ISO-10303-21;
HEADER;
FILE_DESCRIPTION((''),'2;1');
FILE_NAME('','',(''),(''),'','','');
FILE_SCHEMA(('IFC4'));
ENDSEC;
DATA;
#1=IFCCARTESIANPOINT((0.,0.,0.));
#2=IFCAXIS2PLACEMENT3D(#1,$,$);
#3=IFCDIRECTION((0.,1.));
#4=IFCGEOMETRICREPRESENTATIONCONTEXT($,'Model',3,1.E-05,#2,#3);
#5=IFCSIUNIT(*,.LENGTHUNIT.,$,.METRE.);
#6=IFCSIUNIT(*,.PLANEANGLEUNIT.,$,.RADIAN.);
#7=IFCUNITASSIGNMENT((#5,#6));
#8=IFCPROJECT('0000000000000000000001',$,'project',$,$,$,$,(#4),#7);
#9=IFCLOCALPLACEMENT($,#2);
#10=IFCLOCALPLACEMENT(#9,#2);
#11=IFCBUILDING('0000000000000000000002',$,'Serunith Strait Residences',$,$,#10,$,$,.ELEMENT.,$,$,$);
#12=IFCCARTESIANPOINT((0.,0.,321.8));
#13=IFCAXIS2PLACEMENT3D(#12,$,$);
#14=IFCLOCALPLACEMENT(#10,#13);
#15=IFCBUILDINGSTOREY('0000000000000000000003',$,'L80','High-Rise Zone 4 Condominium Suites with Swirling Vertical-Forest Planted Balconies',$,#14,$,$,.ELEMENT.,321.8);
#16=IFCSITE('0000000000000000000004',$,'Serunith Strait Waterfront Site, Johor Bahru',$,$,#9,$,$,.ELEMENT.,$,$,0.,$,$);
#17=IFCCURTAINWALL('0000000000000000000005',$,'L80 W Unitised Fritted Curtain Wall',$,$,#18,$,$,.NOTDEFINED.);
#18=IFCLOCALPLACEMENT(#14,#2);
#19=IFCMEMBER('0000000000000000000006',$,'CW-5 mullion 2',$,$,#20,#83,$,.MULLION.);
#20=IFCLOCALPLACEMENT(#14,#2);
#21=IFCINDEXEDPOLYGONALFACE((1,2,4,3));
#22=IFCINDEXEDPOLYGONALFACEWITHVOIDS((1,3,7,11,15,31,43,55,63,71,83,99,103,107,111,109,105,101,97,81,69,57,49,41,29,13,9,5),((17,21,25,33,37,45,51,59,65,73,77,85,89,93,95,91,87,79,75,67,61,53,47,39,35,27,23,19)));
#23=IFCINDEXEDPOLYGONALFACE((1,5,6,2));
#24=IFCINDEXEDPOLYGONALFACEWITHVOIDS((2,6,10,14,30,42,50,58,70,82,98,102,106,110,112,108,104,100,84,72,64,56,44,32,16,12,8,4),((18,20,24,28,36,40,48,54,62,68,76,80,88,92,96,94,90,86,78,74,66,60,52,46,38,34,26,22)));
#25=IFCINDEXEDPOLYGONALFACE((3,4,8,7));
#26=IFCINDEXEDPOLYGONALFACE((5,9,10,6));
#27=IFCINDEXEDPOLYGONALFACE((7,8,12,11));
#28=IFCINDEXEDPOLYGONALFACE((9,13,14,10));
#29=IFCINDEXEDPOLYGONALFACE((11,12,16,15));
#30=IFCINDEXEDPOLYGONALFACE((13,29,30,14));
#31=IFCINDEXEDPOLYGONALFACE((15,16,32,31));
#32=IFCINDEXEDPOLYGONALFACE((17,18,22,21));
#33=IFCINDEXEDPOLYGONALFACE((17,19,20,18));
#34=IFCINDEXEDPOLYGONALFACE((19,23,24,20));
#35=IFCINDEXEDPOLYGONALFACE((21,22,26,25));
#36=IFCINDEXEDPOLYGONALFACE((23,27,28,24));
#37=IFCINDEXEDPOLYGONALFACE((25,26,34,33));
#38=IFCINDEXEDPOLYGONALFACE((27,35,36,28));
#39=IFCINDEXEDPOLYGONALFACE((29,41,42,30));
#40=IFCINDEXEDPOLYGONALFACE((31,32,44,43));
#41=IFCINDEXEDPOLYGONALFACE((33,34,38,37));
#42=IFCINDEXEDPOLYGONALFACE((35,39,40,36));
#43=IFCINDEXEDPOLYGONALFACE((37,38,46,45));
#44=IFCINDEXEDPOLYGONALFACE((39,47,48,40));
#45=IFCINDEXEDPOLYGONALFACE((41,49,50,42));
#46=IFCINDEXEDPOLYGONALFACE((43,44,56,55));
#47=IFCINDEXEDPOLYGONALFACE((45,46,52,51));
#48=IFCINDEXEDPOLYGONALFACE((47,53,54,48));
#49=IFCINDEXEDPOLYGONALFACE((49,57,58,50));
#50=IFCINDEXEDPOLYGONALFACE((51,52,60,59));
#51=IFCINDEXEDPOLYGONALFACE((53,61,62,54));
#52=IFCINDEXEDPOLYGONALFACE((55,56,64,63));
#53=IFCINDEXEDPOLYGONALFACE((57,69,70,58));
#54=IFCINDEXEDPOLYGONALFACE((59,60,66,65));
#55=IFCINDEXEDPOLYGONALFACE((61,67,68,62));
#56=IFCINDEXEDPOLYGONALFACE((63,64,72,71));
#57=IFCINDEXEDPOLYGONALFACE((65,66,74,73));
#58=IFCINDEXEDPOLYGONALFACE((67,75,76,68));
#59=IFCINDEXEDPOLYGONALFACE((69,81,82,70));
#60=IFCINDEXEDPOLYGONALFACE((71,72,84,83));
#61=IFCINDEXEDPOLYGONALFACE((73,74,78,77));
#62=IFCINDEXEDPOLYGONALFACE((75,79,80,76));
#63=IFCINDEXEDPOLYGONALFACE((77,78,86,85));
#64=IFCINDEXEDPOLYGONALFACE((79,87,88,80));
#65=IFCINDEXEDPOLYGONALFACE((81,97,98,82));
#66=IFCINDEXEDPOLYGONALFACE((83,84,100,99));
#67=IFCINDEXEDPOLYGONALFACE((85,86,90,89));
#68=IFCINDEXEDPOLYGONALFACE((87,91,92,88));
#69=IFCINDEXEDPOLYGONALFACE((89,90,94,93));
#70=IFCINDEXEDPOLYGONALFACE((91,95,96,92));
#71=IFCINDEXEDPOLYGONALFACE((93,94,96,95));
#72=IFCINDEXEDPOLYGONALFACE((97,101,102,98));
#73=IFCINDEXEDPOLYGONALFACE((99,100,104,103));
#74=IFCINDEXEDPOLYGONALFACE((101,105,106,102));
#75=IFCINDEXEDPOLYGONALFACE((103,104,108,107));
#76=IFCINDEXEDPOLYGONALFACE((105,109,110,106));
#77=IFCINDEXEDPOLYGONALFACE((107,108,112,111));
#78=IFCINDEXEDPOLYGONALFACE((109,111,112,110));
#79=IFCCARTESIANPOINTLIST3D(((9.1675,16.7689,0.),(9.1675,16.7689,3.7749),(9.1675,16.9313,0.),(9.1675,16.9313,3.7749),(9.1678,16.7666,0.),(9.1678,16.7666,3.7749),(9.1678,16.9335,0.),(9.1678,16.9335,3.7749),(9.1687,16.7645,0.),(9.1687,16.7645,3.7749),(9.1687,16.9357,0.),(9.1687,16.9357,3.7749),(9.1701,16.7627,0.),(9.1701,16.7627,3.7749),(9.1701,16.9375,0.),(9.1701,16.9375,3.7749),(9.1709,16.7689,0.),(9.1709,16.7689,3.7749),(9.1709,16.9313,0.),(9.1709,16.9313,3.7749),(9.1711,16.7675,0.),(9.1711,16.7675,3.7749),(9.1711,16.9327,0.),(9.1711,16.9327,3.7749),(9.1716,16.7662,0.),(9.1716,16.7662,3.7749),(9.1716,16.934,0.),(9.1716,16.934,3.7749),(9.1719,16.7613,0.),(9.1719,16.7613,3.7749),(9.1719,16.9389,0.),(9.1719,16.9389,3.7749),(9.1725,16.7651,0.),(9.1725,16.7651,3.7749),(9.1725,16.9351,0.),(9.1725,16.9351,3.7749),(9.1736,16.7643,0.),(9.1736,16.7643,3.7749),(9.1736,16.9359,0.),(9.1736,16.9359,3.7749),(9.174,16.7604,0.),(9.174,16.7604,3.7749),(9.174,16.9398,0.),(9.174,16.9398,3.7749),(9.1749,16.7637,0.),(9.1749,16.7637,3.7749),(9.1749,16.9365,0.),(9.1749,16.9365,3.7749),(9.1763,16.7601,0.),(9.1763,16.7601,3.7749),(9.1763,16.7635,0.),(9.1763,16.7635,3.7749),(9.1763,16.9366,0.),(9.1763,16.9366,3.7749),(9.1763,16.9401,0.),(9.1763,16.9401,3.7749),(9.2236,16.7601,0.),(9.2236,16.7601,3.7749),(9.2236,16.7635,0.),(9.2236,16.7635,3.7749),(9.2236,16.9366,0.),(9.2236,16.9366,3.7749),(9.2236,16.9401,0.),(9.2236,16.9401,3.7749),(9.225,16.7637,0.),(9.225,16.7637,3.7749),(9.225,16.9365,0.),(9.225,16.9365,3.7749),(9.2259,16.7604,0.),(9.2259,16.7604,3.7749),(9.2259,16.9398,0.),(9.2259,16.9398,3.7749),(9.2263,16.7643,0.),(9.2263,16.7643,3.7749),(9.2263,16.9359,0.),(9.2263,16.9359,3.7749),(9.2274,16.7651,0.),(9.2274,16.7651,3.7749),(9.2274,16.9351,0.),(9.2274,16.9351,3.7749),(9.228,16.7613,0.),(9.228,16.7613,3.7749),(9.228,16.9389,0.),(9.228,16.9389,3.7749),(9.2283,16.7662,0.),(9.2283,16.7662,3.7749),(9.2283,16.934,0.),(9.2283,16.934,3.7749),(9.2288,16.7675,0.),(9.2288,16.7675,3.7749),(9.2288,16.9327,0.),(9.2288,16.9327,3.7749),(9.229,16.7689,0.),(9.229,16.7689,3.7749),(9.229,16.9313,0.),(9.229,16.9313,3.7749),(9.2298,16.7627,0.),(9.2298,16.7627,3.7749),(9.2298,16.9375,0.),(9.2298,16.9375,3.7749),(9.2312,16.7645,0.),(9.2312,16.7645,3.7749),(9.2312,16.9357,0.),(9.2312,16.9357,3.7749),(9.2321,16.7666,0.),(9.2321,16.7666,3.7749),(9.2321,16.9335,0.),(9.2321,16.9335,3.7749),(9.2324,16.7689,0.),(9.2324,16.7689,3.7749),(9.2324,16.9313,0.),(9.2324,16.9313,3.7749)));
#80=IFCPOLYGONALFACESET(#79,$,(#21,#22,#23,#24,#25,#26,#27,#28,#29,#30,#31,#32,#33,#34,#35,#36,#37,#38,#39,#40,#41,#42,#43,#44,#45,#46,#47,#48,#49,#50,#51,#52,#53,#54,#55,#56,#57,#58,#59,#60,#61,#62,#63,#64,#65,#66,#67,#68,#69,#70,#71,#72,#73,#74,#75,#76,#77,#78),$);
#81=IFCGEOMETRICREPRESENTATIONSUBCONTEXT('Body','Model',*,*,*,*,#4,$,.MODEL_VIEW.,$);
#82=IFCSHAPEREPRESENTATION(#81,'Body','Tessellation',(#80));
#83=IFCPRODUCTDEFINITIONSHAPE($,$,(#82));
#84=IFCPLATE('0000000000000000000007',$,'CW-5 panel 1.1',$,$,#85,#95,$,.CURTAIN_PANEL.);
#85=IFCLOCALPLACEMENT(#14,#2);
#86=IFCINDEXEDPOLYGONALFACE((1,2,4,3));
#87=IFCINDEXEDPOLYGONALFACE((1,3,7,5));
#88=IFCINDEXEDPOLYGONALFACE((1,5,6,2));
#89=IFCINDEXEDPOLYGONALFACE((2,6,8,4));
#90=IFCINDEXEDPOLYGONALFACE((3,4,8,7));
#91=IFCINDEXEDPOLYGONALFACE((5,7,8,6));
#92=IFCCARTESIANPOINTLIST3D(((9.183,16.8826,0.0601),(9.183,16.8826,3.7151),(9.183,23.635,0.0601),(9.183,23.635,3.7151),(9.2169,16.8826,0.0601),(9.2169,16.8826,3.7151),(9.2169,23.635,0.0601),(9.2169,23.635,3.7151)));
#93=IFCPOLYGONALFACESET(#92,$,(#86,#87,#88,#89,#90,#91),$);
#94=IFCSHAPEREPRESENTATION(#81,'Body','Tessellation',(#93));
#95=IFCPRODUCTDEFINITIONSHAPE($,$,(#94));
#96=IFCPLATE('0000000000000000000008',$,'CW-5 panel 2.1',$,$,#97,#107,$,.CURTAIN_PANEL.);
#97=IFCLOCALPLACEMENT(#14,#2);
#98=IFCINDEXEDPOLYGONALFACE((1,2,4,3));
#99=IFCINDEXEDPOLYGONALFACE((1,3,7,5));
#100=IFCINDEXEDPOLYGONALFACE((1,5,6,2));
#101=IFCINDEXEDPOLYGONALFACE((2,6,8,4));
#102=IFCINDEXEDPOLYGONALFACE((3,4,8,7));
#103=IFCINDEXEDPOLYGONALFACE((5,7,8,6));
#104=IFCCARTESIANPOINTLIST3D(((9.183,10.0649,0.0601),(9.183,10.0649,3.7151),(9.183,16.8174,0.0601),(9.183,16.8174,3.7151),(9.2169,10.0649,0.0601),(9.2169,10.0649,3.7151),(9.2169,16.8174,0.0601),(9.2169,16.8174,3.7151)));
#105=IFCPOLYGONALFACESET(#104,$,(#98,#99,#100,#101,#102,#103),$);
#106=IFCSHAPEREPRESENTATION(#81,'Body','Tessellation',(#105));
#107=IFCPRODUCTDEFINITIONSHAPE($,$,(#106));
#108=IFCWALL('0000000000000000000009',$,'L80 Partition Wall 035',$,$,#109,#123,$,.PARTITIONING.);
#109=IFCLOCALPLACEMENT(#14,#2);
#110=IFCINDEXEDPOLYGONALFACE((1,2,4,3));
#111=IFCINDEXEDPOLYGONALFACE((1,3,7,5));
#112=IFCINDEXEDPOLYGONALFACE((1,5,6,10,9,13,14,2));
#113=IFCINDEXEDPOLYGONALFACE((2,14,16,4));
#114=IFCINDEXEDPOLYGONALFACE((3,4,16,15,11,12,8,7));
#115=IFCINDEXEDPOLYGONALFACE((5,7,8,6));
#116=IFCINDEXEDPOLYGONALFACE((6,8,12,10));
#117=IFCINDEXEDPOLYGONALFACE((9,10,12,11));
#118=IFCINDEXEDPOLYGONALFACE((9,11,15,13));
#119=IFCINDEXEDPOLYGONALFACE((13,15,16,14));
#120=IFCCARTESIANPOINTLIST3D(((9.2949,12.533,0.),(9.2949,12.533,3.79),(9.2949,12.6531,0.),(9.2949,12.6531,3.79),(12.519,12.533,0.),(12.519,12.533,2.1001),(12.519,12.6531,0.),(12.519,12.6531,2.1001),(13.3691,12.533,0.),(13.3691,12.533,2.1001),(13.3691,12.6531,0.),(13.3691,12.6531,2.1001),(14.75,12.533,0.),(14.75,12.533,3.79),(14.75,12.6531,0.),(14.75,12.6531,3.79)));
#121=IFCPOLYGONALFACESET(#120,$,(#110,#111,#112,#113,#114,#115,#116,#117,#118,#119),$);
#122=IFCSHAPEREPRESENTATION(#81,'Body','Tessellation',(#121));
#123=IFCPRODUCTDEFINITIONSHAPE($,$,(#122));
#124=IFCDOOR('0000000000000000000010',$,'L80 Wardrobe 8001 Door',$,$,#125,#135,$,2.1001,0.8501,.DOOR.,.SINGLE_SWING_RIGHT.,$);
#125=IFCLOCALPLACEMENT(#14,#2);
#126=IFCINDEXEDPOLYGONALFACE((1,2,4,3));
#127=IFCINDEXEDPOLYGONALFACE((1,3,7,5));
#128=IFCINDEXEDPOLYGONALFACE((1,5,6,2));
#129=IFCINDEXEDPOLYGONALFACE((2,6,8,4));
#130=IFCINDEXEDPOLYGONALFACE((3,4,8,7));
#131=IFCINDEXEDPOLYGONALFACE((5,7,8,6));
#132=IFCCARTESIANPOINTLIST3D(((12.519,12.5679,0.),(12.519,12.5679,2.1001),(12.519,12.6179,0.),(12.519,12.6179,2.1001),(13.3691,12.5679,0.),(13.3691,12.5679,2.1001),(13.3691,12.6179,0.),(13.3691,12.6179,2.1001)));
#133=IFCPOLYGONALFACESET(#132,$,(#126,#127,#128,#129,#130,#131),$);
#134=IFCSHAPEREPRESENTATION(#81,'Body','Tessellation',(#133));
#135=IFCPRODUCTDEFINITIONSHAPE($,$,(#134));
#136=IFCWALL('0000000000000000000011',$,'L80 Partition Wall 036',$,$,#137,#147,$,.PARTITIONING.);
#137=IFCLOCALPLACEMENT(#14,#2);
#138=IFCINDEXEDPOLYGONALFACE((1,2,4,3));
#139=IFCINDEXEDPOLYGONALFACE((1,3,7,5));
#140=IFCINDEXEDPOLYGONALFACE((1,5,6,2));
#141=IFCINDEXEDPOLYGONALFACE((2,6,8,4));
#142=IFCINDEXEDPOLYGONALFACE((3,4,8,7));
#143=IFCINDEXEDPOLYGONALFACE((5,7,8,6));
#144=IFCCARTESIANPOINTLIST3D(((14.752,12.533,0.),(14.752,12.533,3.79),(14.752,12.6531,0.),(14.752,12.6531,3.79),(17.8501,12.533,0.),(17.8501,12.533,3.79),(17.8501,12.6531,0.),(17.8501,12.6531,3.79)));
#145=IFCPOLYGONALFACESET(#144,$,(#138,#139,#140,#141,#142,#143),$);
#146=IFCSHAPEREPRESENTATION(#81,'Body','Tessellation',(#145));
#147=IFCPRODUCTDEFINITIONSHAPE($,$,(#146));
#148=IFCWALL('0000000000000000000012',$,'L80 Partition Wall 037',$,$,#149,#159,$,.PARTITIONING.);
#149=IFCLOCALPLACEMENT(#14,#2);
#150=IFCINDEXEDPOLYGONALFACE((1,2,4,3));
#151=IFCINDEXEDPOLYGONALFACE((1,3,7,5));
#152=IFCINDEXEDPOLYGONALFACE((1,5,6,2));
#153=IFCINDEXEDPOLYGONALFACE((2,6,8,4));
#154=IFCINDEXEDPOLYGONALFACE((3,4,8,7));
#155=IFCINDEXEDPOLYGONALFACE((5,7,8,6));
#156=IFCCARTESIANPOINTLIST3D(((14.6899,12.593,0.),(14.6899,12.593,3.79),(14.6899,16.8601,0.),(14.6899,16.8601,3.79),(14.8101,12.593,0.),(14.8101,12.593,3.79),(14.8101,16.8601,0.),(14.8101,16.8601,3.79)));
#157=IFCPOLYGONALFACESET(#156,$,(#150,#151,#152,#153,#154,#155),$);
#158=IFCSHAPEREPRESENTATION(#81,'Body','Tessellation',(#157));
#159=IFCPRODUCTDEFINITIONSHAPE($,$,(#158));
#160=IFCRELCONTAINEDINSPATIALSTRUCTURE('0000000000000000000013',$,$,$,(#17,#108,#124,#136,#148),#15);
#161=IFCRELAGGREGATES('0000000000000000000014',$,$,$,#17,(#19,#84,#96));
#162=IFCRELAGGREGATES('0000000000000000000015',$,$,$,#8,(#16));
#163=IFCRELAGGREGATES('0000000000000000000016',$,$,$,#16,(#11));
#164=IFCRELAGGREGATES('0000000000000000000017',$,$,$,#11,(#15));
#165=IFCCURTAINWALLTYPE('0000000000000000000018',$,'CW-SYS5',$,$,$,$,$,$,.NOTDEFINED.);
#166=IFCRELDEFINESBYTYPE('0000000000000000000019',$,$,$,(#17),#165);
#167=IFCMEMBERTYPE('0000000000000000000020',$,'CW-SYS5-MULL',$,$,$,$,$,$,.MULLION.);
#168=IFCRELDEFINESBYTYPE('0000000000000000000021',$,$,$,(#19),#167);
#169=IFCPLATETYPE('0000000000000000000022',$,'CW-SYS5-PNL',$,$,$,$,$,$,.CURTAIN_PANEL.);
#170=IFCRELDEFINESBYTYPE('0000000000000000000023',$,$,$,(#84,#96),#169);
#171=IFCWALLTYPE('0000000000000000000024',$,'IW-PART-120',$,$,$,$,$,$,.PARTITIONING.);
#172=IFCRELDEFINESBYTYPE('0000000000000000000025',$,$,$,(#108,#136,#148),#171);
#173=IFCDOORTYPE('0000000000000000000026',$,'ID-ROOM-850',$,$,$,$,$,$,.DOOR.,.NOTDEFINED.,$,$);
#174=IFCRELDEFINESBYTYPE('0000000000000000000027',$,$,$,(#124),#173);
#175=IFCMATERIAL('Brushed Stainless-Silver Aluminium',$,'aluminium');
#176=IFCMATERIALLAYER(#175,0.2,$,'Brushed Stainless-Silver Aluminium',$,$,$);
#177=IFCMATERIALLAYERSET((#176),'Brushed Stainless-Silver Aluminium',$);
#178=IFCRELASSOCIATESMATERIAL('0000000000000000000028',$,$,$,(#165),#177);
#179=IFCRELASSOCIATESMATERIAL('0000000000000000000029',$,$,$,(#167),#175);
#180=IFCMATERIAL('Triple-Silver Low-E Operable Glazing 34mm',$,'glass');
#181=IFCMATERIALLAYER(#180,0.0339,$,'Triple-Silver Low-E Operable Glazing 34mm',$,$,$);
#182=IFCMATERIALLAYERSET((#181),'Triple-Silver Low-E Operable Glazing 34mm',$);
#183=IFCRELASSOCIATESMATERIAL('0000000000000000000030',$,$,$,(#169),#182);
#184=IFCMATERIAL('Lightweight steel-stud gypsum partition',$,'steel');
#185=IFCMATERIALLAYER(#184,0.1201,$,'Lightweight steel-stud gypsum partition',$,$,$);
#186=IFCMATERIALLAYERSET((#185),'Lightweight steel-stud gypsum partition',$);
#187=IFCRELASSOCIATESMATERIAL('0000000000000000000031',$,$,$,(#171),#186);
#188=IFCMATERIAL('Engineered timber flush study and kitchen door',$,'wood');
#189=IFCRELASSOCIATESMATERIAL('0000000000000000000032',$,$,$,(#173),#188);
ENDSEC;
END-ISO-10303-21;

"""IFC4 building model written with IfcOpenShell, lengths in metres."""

from ifc_helpers import new_model, si_unit, direction, frame, frame_2d, origin, origin_2d, place, context, subcontext, project, spatial, rectangle, hollow_rectangle, extrude, source, transform, mapped, material, layer, layer_set, material_profile, profile_set, type_object, element, fill, aggregate, save


model = new_model("IFC4")

# Units and contexts
model_context = context("Model", 3, precision=1e-05, world=origin(), true_north=direction((0.0, 1.0)))
body_context = subcontext(model_context, "Body", "Model", "MODEL_VIEW")
ifc_project = project(units=[si_unit("LENGTHUNIT", "METRE"), si_unit("PLANEANGLEUNIT", "RADIAN")], contexts=[model_context])

# Site, building, storey
site_placement = place(None, origin())
site = spatial("IfcSite", under=ifc_project, at=site_placement, Name="Serunith Strait Waterfront Site, Johor Bahru", CompositionType="ELEMENT", RefElevation=0.0)
building_placement = place(site_placement, origin())
building = spatial("IfcBuilding", under=site, at=building_placement, Name="Serunith Strait Residences", CompositionType="ELEMENT")
storey_placement = place(building_placement, frame((0.0, 0.0, 321.8)))
storey = spatial("IfcBuildingStorey", under=building, at=storey_placement, Name="L80", Description="High-Rise Zone 4 Condominium Suites with Swirling Vertical-Forest Planted Balconies", CompositionType="ELEMENT", Elevation=321.8)

# Curtain wall, member, plates
ifc_material_1 = material(Name="Brushed Stainless-Silver Aluminium", Category="aluminium")
ifc_layer_1 = layer(ifc_material_1, 0.2, Name="Brushed Stainless-Silver Aluminium")
ifc_layer_set_1 = layer_set([ifc_layer_1], Name="Brushed Stainless-Silver Aluminium")
curtain_wall_type = type_object("IfcCurtainWallType", Name="CW-SYS5", PredefinedType="NOTDEFINED", material=ifc_layer_set_1)
curtain_wall_placement = place(storey_placement, origin())
curtain_wall = element("IfcCurtainWall", 1, at=curtain_wall_placement, inside=storey, type_object=curtain_wall_type, Name="L80 W Unitised Fritted Curtain Wall", PredefinedType="NOTDEFINED")
ifc_material_profile_1 = material_profile(ifc_material_1, hollow_rectangle(XDim=0.0649, YDim=0.1799, WallThickness=0.0034, InnerFilletRadius=0.0054, OuterFilletRadius=0.0088, at=origin_2d()), Name="ALU 180x65x3.5")
ifc_profile_set_1 = profile_set([ifc_material_profile_1], Name="Brushed Stainless-Silver Aluminium")
member_type_1 = type_object("IfcMemberType", Name="CW-SYS5-MULL", PredefinedType="MULLION", material=ifc_profile_set_1)
shared_shape_1 = source(origin(), body_context, "Body", "SweptSolid", [
    extrude(hollow_rectangle(XDim=0.0649, YDim=0.1799, WallThickness=0.0034, InnerFilletRadius=0.0054, OuterFilletRadius=0.0088, at=origin_2d()), origin(), (0.0, 0.0, 1.0), 3.7749),
])
member_1_placement = place(storey_placement, frame((9.2, 16.8501, 0.0), z_axis=(0.0, 0.0, 1.0), x_axis=(1.0, 0.0, 0.0)))
member_1 = element("IfcMember", 2, at=member_1_placement, type_object=member_type_1, Name="CW-5 mullion 2", PredefinedType="MULLION", context=body_context, shape_type="MappedRepresentation", body=[
    mapped(shared_shape_1, transform((0.0, 0.0, 0.0), scale=1.0)),
])
ifc_material_2 = material(Name="Triple-Silver Low-E Operable Glazing 34mm", Category="glass")
ifc_layer_2 = layer(ifc_material_2, 0.0339, Name="Triple-Silver Low-E Operable Glazing 34mm")
ifc_layer_set_2 = layer_set([ifc_layer_2], Name="Triple-Silver Low-E Operable Glazing 34mm")
plate_type = type_object("IfcPlateType", Name="CW-SYS5-PNL", PredefinedType="CURTAIN_PANEL", material=ifc_layer_set_2)
shared_shape_2 = source(origin(), body_context, "Body", "SweptSolid", [
    extrude(rectangle(XDim=6.7524, YDim=0.0339, at=origin_2d()), origin(), (0.0, 0.0, 1.0), 3.655),
])
plate_1_placement = place(storey_placement, frame((9.2, 20.2588, 0.0601), z_axis=(0.0, 0.0, 1.0), x_axis=(0.0, -1.0, 0.0)))
plate_1 = element("IfcPlate", 3, at=plate_1_placement, type_object=plate_type, Name="CW-5 panel 1.1", PredefinedType="CURTAIN_PANEL", context=body_context, shape_type="MappedRepresentation", body=[
    mapped(shared_shape_2, transform((0.0, 0.0, 0.0), scale=1.0)),
])
plate_2_placement = place(storey_placement, frame((9.2, 13.4412, 0.0601), z_axis=(0.0, 0.0, 1.0), x_axis=(0.0, -1.0, 0.0)))
plate_2 = element("IfcPlate", 4, at=plate_2_placement, type_object=plate_type, Name="CW-5 panel 2.1", PredefinedType="CURTAIN_PANEL", context=body_context, shape_type="MappedRepresentation", body=[
    mapped(shared_shape_2, transform((0.0, 0.0, 0.0), scale=1.0)),
])
aggregate(curtain_wall, [member_1, plate_1, plate_2])

# Wall, opening, door
ifc_material_3 = material(Name="Lightweight steel-stud gypsum partition", Category="steel")
ifc_layer_3 = layer(ifc_material_3, 0.1201, Name="Lightweight steel-stud gypsum partition")
ifc_layer_set_3 = layer_set([ifc_layer_3], Name="Lightweight steel-stud gypsum partition")
wall_type_1 = type_object("IfcWallType", Name="IW-PART-120", PredefinedType="PARTITIONING", material=ifc_layer_set_3)
wall_1_placement = place(storey_placement, frame((9.2949, 12.593, 0.0), z_axis=(0.0, 0.0, 1.0), x_axis=(1.0, 0.0, 0.0)))
wall_1 = element("IfcWall", 5, at=wall_1_placement, inside=storey, type_object=wall_type_1, Name="L80 Partition Wall 035", PredefinedType="PARTITIONING", context=body_context, shape_type="SweptSolid", body=[
    extrude(rectangle(XDim=5.4551, YDim=0.1201, at=frame_2d((2.7275, 0.0))), origin(), (0.0, 0.0, 1.0), 3.79),
])
opening_1_placement = place(wall_1_placement, frame((3.2241, 0.0, 0.0)))
opening_1 = element("IfcOpeningElement", 6, at=opening_1_placement, cuts=wall_1, PredefinedType="OPENING", context=body_context, shape_type="SweptSolid", body=[
    extrude(rectangle(XDim=0.8501, YDim=2.1001, at=frame_2d((0.425, 1.05))), frame((0.0, 0.0701, 0.0), z_axis=(0.0, -1.0, 0.0), x_axis=(1.0, 0.0, 0.0)), (0.0, 0.0, 1.0), 0.1401),
])
ifc_material_4 = material(Name="Engineered timber flush study and kitchen door", Category="wood")
door_type_1 = type_object("IfcDoorType", Name="ID-ROOM-850", OperationType="NOTDEFINED", PredefinedType="DOOR", material=ifc_material_4)
shared_shape_3 = source(origin(), body_context, "Body", "SweptSolid", [
    extrude(rectangle(XDim=0.8501, YDim=2.1001, at=frame_2d((0.425, 1.05))), frame((0.0, 0.0249, 0.0), z_axis=(0.0, -1.0, 0.0), x_axis=(1.0, 0.0, 0.0)), (0.0, 0.0, 1.0), 0.05),
])
door_1_placement = place(opening_1_placement, origin())
door_1 = element("IfcDoor", 7, at=door_1_placement, inside=storey, type_object=door_type_1, Name="L80 Wardrobe 8001 Door", OperationType="SINGLE_SWING_RIGHT", OverallHeight=2.1001, OverallWidth=0.8501, PredefinedType="DOOR", context=body_context, shape_type="MappedRepresentation", body=[
    mapped(shared_shape_3, transform((0.0, 0.0, 0.0), scale=1.0)),
])
fill(opening_1, door_1)

# Walls
wall_2_placement = place(storey_placement, frame((14.752, 12.593, 0.0), z_axis=(0.0, 0.0, 1.0), x_axis=(1.0, 0.0, 0.0)))
element("IfcWall", 8, at=wall_2_placement, inside=storey, type_object=wall_type_1, Name="L80 Partition Wall 036", PredefinedType="PARTITIONING", context=body_context, shape_type="SweptSolid", body=[
    extrude(rectangle(XDim=3.0981, YDim=0.1201, at=frame_2d((1.5491, 0.0))), origin(), (0.0, 0.0, 1.0), 3.79),
])
wall_3_placement = place(storey_placement, frame((14.75, 12.593, 0.0), z_axis=(0.0, 0.0, 1.0), x_axis=(0.0, 1.0, 0.0)))
element("IfcWall", 9, at=wall_3_placement, inside=storey, type_object=wall_type_1, Name="L80 Partition Wall 037", PredefinedType="PARTITIONING", context=body_context, shape_type="SweptSolid", body=[
    extrude(rectangle(XDim=4.2671, YDim=0.1201, at=frame_2d((2.1335, 0.0))), origin(), (0.0, 0.0, 1.0), 3.79),
])

save(model, "model.ifc")
